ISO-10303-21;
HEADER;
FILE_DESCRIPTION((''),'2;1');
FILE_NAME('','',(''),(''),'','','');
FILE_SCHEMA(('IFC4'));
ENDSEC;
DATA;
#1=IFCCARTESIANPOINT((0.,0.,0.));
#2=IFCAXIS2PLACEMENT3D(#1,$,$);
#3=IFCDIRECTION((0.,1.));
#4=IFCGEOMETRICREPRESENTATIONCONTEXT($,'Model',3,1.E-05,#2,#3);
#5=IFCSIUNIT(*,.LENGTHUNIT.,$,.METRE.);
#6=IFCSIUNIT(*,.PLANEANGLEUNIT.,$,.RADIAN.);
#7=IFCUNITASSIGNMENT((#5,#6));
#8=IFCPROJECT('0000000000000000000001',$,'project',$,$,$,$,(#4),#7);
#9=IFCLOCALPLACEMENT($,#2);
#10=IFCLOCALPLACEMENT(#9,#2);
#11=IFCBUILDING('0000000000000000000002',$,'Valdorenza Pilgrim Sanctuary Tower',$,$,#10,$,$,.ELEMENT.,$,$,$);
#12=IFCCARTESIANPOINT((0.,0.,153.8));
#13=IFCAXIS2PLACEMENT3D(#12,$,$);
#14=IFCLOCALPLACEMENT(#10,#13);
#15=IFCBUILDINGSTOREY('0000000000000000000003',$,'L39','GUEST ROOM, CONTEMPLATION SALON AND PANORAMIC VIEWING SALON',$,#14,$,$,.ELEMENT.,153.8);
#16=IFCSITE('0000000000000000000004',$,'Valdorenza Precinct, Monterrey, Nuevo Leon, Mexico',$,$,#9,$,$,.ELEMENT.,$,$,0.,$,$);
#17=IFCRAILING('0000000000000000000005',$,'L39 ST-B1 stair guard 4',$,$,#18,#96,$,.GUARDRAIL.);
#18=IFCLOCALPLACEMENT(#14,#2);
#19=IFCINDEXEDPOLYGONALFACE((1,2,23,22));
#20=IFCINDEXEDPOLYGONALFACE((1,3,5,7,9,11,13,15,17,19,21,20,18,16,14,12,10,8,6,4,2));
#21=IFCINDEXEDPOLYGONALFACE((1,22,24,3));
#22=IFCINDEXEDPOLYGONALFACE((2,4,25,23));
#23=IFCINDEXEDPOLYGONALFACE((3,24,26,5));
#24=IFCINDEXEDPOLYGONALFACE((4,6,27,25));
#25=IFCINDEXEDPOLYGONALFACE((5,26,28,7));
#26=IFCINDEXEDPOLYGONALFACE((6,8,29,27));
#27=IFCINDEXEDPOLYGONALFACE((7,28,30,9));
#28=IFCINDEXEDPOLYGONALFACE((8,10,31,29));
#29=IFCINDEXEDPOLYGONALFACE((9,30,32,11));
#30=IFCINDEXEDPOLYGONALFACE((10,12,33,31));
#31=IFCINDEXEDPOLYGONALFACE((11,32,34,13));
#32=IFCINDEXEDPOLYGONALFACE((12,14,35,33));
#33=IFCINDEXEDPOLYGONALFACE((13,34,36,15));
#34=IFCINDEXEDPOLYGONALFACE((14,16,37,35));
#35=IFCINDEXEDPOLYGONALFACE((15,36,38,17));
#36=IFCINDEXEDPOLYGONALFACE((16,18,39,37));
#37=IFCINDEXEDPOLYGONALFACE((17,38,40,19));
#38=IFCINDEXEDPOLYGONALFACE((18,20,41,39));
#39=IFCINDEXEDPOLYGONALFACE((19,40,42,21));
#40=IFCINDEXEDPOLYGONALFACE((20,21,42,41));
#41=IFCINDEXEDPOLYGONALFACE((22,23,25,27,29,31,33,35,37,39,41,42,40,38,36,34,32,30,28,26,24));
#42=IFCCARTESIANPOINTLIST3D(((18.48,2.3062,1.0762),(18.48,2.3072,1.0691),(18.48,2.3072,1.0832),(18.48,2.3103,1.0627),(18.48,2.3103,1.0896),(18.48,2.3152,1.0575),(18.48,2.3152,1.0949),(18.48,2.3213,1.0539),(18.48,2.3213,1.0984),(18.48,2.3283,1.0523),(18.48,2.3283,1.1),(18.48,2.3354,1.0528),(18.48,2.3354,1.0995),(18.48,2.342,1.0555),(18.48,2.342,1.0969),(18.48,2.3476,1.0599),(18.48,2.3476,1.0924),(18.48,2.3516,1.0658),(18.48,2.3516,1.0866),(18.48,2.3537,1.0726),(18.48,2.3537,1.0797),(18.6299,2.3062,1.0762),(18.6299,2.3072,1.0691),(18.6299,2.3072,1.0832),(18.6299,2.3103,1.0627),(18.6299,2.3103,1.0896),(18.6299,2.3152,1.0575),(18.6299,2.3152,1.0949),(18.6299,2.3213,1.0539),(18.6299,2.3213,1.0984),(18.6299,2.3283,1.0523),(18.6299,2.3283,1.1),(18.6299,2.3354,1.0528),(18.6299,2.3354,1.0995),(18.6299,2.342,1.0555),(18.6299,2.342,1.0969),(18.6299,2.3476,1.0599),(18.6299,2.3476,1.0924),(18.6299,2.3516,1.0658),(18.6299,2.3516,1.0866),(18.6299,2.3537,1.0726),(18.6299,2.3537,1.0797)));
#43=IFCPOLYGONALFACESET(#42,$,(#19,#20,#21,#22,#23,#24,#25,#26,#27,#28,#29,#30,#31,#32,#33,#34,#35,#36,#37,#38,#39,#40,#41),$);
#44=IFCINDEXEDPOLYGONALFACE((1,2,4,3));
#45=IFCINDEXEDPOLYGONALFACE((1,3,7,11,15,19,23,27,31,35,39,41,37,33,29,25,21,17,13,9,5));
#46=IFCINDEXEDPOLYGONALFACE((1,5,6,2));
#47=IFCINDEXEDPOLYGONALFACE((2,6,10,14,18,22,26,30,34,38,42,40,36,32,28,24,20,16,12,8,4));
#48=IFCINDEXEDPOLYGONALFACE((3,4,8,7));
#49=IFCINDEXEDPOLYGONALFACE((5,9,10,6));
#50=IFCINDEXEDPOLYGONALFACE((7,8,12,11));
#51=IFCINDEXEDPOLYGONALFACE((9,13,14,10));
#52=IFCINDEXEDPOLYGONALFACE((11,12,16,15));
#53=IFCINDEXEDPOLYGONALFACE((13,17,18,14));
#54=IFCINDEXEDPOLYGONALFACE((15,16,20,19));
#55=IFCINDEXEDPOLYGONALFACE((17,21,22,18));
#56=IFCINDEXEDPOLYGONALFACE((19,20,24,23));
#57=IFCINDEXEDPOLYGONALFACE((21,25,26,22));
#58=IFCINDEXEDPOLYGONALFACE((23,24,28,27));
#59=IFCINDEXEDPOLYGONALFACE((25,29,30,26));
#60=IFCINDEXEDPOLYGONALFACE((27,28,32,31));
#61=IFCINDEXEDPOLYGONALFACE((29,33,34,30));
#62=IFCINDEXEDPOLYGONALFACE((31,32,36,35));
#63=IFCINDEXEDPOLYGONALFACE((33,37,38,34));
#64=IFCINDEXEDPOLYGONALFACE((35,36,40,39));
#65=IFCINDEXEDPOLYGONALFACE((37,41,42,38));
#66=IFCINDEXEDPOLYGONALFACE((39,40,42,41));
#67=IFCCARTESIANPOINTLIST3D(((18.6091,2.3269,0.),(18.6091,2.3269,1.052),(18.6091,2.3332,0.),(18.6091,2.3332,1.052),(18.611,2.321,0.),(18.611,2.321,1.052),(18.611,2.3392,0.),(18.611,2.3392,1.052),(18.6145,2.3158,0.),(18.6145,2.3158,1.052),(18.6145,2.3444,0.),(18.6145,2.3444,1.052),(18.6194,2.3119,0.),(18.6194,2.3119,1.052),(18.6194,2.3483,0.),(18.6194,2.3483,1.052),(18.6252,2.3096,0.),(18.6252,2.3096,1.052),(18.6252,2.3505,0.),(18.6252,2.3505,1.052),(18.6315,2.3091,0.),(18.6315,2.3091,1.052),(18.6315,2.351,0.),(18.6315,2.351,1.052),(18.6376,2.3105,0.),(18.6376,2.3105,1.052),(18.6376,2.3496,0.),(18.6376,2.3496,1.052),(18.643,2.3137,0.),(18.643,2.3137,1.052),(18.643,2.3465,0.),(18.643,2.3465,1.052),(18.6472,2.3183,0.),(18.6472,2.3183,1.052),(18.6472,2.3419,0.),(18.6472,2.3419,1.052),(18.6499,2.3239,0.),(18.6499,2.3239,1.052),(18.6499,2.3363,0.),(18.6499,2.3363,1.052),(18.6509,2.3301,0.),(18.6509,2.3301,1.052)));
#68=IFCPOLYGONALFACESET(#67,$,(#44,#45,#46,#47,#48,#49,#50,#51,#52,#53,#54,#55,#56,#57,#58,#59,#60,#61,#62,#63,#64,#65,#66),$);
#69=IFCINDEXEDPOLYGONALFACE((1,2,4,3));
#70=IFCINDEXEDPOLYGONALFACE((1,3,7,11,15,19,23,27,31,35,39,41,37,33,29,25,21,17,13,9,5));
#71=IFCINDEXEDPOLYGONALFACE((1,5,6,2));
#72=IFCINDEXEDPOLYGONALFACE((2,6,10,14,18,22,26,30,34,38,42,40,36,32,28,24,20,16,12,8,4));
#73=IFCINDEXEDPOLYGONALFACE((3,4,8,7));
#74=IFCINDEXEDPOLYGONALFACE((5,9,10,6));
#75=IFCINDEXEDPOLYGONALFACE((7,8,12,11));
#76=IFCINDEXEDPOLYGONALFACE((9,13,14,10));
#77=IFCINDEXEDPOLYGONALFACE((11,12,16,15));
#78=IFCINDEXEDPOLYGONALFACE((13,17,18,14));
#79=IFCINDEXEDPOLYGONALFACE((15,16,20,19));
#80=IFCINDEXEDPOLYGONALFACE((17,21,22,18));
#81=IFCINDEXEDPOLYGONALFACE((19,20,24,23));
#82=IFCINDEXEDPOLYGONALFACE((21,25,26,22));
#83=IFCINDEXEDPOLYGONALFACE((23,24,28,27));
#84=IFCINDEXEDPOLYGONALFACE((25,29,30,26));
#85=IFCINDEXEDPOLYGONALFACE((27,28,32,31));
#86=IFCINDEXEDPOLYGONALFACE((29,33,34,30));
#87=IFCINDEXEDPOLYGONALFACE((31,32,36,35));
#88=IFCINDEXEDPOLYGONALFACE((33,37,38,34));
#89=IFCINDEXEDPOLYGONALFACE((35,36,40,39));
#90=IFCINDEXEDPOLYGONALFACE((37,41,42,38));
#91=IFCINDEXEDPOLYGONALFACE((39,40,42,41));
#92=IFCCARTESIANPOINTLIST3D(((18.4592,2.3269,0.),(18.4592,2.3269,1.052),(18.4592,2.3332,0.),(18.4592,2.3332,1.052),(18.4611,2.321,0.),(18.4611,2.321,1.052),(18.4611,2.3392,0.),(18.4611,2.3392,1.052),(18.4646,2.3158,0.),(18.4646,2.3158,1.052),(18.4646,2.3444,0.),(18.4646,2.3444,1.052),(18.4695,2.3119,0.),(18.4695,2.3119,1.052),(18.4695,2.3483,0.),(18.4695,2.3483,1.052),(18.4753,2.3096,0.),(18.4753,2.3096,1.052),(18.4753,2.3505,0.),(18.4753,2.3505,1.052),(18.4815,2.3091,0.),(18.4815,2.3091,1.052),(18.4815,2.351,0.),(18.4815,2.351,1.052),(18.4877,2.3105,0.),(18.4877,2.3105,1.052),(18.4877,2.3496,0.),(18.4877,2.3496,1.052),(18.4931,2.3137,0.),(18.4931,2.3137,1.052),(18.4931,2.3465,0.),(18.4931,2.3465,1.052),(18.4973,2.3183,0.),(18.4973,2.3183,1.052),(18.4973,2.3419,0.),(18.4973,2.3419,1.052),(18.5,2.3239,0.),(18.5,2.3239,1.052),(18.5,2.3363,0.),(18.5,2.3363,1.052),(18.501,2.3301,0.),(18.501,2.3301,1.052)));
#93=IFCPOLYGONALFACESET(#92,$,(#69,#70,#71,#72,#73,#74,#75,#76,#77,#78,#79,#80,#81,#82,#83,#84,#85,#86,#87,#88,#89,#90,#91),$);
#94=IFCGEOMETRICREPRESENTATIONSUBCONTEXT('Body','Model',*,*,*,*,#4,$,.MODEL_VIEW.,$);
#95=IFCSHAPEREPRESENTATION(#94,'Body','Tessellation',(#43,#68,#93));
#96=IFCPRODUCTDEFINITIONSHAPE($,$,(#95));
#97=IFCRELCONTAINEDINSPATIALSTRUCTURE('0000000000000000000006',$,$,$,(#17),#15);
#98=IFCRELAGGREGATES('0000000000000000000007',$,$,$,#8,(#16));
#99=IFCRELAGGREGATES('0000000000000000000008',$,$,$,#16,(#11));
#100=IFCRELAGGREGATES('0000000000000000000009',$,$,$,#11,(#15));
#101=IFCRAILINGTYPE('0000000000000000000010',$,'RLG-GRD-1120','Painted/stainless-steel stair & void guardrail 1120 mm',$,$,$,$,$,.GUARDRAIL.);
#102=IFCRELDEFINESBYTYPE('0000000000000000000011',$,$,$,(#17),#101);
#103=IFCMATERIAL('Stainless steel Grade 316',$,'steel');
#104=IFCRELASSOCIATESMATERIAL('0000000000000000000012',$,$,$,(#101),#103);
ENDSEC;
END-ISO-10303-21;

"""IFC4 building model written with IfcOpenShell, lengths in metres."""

from ifc_helpers import new_model, si_unit, direction, frame, origin, origin_2d, place, context, subcontext, project, spatial, circle, extrude, material, type_object, element, save


model = new_model("IFC4")

# Units and contexts
model_context = context("Model", 3, precision=1e-05, world=origin(), true_north=direction((0.0, 1.0)))
body_context = subcontext(model_context, "Body", "Model", "MODEL_VIEW")
ifc_project = project(units=[si_unit("LENGTHUNIT", "METRE"), si_unit("PLANEANGLEUNIT", "RADIAN")], contexts=[model_context])

# Site, building, storey
site_placement = place(None, origin())
site = spatial("IfcSite", under=ifc_project, at=site_placement, Name="Valdorenza Precinct, Monterrey, Nuevo Leon, Mexico", CompositionType="ELEMENT", RefElevation=0.0)
building_placement = place(site_placement, origin())
building = spatial("IfcBuilding", under=site, at=building_placement, Name="Valdorenza Pilgrim Sanctuary Tower", CompositionType="ELEMENT")
storey_placement = place(building_placement, frame((0.0, 0.0, 153.8)))
storey = spatial("IfcBuildingStorey", under=building, at=storey_placement, Name="L39", Description="GUEST ROOM, CONTEMPLATION SALON AND PANORAMIC VIEWING SALON", CompositionType="ELEMENT", Elevation=153.8)

# Railing
ifc_material_1 = material(Name="Stainless steel Grade 316", Category="steel")
railing_type_1 = type_object("IfcRailingType", Name="RLG-GRD-1120", Description="Painted/stainless-steel stair & void guardrail 1120 mm", PredefinedType="GUARDRAIL", material=ifc_material_1)
railing_1_placement = place(storey_placement, frame((18.6299, 2.3301, 0.0)))
element("IfcRailing", 1, at=railing_1_placement, inside=storey, type_object=railing_type_1, Name="L39 ST-B1 stair guard 4", PredefinedType="GUARDRAIL", context=body_context, shape_type="SweptSolid", body=[
    extrude(circle(Radius=0.0239, at=origin_2d()), frame((0.0, 0.0, 1.0762), z_axis=(-1.0, 0.0, 0.0), x_axis=(0.0, -1.0, 0.0)), (0.0, 0.0, 1.0), 0.1499),
    extrude(circle(Radius=0.021, at=origin_2d()), origin(), (0.0, 0.0, 1.0), 1.052),
    extrude(circle(Radius=0.021, at=origin_2d()), frame((-0.1499, 0.0, 0.0)), (0.0, 0.0, 1.0), 1.052),
])

save(model, "model.ifc")
